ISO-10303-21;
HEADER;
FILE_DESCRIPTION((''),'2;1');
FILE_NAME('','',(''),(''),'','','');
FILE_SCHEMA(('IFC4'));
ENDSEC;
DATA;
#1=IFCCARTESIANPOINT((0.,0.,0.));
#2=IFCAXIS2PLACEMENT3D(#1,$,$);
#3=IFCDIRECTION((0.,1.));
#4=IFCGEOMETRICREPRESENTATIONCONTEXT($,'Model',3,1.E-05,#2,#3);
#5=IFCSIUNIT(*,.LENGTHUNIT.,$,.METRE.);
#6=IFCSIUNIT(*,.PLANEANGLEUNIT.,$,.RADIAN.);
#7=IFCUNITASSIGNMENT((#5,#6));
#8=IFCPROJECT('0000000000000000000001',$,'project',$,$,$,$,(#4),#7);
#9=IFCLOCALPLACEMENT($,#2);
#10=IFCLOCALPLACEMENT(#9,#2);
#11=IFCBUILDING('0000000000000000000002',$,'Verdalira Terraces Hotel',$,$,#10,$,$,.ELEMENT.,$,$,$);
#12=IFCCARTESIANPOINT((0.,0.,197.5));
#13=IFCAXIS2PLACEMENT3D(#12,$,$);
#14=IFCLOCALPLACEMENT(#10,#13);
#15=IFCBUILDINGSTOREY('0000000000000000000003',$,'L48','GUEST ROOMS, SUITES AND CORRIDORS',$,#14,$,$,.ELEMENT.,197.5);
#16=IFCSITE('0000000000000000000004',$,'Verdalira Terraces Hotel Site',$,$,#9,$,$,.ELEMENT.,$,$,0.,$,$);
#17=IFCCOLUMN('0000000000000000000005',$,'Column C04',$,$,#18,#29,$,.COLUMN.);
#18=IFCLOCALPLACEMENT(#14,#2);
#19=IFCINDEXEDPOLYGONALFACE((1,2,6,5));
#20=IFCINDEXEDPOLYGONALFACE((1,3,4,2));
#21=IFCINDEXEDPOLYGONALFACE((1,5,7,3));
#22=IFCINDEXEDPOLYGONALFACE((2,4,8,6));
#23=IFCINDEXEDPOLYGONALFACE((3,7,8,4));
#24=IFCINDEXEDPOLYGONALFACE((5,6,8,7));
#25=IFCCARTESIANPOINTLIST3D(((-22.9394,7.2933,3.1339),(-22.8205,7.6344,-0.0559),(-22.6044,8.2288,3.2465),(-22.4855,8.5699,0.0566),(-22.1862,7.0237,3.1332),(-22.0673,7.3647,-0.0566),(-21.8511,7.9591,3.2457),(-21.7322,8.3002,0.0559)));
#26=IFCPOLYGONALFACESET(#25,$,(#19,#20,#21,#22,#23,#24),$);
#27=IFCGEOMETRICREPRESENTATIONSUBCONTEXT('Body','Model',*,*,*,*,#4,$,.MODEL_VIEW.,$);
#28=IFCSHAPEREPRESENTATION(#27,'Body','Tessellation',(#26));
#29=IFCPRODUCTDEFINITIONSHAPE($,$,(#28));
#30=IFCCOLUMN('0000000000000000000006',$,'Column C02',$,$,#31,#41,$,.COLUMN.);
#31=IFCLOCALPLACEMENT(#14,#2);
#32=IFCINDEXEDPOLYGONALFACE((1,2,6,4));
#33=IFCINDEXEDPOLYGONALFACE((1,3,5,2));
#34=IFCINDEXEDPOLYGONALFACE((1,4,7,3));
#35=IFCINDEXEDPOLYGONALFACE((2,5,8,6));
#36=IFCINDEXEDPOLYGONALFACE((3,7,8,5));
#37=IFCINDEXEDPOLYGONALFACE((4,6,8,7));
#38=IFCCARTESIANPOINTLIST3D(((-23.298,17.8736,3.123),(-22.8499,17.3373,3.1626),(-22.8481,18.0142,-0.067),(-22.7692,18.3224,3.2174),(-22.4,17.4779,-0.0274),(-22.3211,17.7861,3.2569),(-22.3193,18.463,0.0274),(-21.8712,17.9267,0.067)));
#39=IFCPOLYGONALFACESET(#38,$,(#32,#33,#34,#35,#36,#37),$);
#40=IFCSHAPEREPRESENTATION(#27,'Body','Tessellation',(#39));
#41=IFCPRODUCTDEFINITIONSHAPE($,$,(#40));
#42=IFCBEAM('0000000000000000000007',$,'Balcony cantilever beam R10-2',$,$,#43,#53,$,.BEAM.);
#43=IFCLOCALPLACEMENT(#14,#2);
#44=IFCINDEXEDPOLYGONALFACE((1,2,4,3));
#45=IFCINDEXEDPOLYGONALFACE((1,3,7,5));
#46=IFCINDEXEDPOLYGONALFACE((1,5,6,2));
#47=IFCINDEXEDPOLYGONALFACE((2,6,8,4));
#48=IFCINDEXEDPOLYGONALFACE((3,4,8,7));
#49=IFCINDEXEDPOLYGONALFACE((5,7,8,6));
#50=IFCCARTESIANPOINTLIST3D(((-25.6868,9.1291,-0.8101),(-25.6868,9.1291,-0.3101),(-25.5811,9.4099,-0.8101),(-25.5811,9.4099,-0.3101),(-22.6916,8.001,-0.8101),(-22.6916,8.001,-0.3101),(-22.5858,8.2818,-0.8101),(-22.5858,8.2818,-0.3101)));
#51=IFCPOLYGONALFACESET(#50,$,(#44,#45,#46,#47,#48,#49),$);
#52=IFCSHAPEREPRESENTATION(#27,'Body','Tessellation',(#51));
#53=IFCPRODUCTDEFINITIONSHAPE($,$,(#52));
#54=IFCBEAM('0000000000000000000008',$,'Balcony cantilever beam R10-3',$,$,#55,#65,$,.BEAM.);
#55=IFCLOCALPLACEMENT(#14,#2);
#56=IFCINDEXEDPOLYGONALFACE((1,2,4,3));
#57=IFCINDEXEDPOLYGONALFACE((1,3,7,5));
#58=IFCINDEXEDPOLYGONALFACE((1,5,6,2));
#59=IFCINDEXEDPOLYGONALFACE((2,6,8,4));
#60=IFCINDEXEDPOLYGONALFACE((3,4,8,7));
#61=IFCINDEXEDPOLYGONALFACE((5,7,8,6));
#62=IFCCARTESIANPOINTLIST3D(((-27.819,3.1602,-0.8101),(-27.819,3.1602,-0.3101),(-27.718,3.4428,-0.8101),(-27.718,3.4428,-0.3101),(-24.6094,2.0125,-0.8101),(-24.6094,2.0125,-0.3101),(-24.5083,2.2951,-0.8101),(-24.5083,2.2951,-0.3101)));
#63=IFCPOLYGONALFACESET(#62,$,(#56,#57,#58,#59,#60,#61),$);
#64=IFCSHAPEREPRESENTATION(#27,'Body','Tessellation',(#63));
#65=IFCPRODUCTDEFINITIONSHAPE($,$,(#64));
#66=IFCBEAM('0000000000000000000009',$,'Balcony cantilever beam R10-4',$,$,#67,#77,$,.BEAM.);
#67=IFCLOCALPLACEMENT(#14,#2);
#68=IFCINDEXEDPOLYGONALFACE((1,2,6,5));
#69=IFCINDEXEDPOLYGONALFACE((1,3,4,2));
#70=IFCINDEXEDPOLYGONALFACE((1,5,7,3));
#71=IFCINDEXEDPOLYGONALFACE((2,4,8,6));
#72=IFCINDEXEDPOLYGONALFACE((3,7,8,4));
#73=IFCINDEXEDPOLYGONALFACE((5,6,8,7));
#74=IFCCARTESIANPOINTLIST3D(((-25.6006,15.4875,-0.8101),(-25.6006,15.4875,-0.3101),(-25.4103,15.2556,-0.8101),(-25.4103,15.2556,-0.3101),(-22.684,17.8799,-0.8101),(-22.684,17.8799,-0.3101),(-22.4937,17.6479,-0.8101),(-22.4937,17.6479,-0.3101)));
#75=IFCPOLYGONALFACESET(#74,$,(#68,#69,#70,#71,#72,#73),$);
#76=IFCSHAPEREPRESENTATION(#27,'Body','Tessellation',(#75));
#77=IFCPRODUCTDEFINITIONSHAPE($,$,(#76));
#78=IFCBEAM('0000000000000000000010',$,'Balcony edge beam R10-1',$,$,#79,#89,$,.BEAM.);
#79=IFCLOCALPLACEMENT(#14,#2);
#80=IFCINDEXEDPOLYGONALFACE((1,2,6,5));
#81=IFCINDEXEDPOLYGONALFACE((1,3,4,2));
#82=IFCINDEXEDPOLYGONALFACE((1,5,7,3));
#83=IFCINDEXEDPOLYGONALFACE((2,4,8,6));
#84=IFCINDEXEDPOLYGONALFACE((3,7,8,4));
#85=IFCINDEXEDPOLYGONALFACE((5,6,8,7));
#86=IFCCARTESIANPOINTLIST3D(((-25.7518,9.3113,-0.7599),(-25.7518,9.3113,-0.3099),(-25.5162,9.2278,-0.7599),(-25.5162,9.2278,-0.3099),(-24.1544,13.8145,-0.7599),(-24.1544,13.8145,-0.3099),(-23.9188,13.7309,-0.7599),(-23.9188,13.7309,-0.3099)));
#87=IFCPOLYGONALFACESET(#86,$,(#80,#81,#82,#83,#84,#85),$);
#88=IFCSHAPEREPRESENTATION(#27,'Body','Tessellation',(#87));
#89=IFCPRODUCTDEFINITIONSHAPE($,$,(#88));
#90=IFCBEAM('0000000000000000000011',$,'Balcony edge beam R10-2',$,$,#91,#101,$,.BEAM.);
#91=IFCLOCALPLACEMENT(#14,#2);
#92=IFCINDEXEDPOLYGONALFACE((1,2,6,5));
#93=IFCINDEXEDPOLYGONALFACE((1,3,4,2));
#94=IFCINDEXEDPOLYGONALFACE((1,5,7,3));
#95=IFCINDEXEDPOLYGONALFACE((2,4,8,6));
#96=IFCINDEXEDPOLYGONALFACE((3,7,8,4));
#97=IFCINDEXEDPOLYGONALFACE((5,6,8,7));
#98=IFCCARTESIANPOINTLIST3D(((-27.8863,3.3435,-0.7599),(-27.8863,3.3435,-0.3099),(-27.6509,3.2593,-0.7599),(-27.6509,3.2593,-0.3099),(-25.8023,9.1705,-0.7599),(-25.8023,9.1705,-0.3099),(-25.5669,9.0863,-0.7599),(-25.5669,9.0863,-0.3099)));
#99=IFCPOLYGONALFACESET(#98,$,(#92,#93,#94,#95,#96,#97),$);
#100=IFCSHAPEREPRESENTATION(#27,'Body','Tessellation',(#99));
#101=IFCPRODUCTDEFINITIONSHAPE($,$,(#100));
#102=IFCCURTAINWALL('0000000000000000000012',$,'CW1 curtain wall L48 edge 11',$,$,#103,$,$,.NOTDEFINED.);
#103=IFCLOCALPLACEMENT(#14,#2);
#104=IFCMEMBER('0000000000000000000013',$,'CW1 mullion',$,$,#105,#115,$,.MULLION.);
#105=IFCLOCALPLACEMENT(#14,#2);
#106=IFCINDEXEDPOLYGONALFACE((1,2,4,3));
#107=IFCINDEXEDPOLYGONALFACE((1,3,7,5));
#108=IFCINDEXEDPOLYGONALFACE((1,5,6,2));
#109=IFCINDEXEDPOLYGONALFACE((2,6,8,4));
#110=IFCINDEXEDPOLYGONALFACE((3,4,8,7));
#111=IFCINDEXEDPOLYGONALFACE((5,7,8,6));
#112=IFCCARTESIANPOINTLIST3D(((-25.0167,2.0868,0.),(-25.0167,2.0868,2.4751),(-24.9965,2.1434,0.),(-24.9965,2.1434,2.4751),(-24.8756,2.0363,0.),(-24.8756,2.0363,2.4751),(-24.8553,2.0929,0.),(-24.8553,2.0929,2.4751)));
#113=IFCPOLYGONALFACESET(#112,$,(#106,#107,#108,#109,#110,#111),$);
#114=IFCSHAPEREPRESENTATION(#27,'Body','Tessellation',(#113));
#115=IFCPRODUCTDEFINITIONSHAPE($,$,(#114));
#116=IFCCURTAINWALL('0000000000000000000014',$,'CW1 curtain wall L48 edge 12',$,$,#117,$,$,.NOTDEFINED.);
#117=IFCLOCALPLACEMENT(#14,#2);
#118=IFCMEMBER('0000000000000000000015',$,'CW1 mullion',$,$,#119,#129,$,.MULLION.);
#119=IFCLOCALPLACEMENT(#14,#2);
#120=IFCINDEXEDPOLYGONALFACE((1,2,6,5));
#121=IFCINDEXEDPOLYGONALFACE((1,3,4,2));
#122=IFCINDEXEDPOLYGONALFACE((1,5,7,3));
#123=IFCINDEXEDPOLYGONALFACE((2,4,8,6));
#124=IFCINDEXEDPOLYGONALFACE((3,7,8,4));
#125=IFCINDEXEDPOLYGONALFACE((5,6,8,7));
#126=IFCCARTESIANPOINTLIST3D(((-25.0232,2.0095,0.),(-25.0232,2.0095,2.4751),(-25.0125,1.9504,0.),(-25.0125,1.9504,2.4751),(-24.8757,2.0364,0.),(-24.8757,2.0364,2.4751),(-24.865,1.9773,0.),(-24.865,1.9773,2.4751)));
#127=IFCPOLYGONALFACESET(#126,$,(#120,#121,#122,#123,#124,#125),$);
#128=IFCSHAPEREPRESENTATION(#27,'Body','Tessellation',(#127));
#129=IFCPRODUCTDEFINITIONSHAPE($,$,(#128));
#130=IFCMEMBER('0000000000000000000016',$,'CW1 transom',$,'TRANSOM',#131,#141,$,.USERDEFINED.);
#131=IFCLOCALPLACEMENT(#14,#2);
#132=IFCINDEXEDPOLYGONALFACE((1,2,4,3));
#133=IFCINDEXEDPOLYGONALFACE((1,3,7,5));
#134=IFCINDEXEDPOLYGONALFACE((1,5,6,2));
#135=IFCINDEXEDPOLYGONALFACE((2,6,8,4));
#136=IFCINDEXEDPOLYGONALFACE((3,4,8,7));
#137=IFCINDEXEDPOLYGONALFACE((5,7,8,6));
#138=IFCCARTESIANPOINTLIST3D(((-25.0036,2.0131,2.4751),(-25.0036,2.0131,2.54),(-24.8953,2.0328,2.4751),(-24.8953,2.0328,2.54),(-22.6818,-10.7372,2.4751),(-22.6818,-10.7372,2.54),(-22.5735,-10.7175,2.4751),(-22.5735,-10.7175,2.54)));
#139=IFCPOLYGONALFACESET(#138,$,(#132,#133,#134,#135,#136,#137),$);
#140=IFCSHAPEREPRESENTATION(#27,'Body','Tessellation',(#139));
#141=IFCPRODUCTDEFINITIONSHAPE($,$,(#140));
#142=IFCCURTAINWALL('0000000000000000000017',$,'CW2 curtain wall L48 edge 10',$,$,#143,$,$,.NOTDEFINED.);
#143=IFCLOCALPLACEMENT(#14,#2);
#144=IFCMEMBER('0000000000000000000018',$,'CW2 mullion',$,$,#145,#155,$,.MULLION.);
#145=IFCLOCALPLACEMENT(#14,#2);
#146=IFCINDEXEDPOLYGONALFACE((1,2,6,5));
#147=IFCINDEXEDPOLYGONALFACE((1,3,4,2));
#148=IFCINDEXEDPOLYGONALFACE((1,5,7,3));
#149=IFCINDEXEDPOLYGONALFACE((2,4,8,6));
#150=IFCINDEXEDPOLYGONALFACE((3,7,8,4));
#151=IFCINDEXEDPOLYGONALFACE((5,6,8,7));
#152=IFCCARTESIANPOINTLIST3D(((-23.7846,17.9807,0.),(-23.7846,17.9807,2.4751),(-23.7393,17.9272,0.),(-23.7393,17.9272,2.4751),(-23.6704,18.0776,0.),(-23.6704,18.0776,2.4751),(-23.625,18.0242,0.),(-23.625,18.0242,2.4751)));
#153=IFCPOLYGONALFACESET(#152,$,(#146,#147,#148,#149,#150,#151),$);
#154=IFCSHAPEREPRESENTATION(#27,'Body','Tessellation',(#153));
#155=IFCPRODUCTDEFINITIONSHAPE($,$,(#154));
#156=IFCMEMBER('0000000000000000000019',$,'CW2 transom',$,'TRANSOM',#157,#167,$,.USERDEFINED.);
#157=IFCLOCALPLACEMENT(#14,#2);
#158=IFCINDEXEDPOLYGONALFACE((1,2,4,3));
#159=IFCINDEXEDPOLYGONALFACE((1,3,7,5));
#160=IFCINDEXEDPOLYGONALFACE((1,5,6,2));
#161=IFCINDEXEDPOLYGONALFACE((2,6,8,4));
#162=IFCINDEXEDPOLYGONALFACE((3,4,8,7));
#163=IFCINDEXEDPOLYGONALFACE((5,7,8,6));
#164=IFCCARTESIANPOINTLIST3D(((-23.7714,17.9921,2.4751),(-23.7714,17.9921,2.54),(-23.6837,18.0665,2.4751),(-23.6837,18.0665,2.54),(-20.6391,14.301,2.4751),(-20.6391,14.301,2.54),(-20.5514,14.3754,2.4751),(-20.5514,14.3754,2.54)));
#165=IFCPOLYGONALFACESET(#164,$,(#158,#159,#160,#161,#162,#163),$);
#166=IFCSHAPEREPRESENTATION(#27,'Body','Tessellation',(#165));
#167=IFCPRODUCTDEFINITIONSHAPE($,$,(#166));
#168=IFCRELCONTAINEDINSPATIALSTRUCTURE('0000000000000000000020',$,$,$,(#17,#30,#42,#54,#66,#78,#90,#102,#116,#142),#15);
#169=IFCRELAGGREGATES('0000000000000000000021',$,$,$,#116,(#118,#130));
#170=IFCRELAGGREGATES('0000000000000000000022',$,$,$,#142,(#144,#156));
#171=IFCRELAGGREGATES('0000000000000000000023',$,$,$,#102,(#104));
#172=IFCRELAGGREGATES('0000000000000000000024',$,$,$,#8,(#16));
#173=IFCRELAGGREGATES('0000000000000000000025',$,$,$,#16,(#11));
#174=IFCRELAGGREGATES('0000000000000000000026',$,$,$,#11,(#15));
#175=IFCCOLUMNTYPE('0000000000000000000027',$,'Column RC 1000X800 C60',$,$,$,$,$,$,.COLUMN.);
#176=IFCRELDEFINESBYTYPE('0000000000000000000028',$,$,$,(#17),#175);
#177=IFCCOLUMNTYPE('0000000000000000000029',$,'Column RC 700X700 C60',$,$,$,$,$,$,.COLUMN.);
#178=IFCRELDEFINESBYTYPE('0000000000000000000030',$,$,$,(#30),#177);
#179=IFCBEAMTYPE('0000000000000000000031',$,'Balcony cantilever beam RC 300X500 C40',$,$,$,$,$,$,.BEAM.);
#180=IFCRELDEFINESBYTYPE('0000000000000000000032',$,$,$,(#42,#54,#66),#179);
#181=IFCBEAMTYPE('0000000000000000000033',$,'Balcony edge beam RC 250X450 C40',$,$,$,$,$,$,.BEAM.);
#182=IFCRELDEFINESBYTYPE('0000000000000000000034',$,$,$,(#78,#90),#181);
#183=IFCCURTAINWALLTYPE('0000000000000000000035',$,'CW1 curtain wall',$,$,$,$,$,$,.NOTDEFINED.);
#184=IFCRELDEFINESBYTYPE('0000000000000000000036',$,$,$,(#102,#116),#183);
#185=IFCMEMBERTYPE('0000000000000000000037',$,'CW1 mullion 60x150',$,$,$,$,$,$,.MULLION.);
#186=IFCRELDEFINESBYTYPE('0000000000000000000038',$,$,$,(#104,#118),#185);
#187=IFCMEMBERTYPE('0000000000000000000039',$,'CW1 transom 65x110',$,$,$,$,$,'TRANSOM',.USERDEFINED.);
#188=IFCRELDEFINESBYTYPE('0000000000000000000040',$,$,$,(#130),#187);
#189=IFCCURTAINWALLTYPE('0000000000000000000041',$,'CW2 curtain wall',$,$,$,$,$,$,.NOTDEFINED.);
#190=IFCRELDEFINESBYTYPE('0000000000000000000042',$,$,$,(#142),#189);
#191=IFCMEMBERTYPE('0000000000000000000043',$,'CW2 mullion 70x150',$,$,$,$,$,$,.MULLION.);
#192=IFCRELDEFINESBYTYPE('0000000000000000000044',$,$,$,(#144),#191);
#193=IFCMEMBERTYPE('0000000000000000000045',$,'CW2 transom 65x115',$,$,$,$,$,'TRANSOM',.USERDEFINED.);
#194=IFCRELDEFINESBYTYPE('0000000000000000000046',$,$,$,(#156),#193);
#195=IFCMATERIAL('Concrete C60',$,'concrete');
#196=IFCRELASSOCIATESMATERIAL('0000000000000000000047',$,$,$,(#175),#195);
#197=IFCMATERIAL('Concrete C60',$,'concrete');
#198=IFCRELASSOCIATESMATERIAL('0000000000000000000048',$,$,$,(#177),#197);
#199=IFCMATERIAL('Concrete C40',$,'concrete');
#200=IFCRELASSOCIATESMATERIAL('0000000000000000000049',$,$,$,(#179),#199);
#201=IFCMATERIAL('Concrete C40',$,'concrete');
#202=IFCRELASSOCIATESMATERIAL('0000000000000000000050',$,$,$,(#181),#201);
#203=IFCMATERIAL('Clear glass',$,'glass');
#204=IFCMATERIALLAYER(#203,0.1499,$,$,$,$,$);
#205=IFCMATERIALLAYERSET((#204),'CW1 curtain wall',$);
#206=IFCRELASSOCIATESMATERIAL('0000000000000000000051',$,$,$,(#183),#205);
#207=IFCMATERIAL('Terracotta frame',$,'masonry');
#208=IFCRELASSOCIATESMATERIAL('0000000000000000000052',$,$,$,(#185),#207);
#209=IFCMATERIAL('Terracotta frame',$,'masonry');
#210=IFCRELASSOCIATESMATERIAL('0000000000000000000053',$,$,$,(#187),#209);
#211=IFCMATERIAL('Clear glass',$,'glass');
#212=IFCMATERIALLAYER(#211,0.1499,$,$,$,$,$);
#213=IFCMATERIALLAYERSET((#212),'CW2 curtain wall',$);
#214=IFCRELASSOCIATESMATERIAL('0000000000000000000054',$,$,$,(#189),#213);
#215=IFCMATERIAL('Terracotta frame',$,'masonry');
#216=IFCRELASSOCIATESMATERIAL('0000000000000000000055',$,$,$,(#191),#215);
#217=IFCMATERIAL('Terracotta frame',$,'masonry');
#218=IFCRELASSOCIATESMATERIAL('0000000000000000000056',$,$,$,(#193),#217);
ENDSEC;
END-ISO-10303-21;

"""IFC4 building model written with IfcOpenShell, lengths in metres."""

from ifc_helpers import new_model, si_unit, direction, frame, origin, origin_2d, place, context, subcontext, project, spatial, rectangle, extrude, material, layer, layer_set, material_profile, profile_set, type_object, element, aggregate, save


model = new_model("IFC4")

# Units and contexts
model_context = context("Model", 3, precision=1e-05, world=origin(), true_north=direction((0.0, 1.0)))
body_context = subcontext(model_context, "Body", "Model", "MODEL_VIEW")
ifc_project = project(units=[si_unit("LENGTHUNIT", "METRE"), si_unit("PLANEANGLEUNIT", "RADIAN")], contexts=[model_context])

# Site, building, storey
site_placement = place(None, origin())
site = spatial("IfcSite", under=ifc_project, at=site_placement, Name="Verdalira Terraces Hotel Site", CompositionType="ELEMENT", RefElevation=0.0)
building_placement = place(site_placement, origin())
building = spatial("IfcBuilding", under=site, at=building_placement, Name="Verdalira Terraces Hotel", CompositionType="ELEMENT")
storey_placement = place(building_placement, frame((0.0, 0.0, 197.5)))
storey = spatial("IfcBuildingStorey", under=building, at=storey_placement, Name="L48", Description="GUEST ROOMS, SUITES AND CORRIDORS", CompositionType="ELEMENT", Elevation=197.5)

# Columns
ifc_material_1 = material(Name="Concrete C60", Category="concrete")
ifc_material_profile_1 = material_profile(ifc_material_1, rectangle(XDim=1.0, YDim=0.8, at=origin_2d()), Name="RC 1000X800")
ifc_profile_set_1 = profile_set([ifc_material_profile_1], Name="Concrete C60")
column_type_1 = type_object("IfcColumnType", Name="Column RC 1000X800 C60", PredefinedType="COLUMN", material=ifc_profile_set_1)
column_1_placement = place(storey_placement, frame((-22.2764, 7.9673, 0.0), z_axis=(-0.037036, -0.10624, 0.993651), x_axis=(-0.335036, -0.935464, -0.112506)))
element("IfcColumn", 1, at=column_1_placement, inside=storey, type_object=column_type_1, Name="Column C04", PredefinedType="COLUMN", context=body_context, shape_type="SweptSolid", body=[
    extrude(rectangle(XDim=1.0, YDim=0.8, at=origin_2d()), origin(), (0.0, 0.0, 1.0), 3.2102),
])
ifc_material_2 = material(Name="Concrete C60", Category="concrete")
ifc_material_profile_2 = material_profile(ifc_material_2, rectangle(XDim=0.7, YDim=0.7, at=origin_2d()), Name="RC 700X700")
ifc_profile_set_2 = profile_set([ifc_material_profile_2], Name="Concrete C60")
column_type_2 = type_object("IfcColumnType", Name="Column RC 700X700 C60", PredefinedType="COLUMN", material=ifc_profile_set_2)
column_2_placement = place(storey_placement, frame((-22.3596, 17.9705, 0.0), z_axis=(-0.139538, -0.04361, 0.989256), x_axis=(0.640161, -0.766158, 0.056522)))
element("IfcColumn", 2, at=column_2_placement, inside=storey, type_object=column_type_2, Name="Column C02", PredefinedType="COLUMN", context=body_context, shape_type="SweptSolid", body=[
    extrude(rectangle(XDim=0.7, YDim=0.7, at=origin_2d()), origin(), (0.0, 0.0, 1.0), 3.2246),
])

# Beams
ifc_material_3 = material(Name="Concrete C40", Category="concrete")
ifc_material_profile_3 = material_profile(ifc_material_3, rectangle(XDim=0.3, YDim=0.5, at=origin_2d()), Name="RC 300X500")
ifc_profile_set_3 = profile_set([ifc_material_profile_3], Name="Concrete C40")
beam_type_1 = type_object("IfcBeamType", Name="Balcony cantilever beam RC 300X500 C40", PredefinedType="BEAM", material=ifc_profile_set_3)
beam_1_placement = place(storey_placement, frame((-22.6387, 8.1414, -0.5601), z_axis=(-0.935824, 0.352469, 0.0), x_axis=(-0.352469, -0.935824, 0.0)))
element("IfcBeam", 3, at=beam_1_placement, inside=storey, type_object=beam_type_1, Name="Balcony cantilever beam R10-2", PredefinedType="BEAM", context=body_context, shape_type="SweptSolid", body=[
    extrude(rectangle(XDim=0.3, YDim=0.5, at=origin_2d()), origin(), (0.0, 0.0, 1.0), 3.2007),
])
beam_2_placement = place(storey_placement, frame((-24.5588, 2.1538, -0.5601), z_axis=(-0.941614, 0.336695, 0.0), x_axis=(-0.336695, -0.941614, 0.0)))
element("IfcBeam", 4, at=beam_2_placement, inside=storey, type_object=beam_type_1, Name="Balcony cantilever beam R10-3", PredefinedType="BEAM", context=body_context, shape_type="SweptSolid", body=[
    extrude(rectangle(XDim=0.3, YDim=0.5, at=origin_2d()), origin(), (0.0, 0.0, 1.0), 3.4087),
])
beam_3_placement = place(storey_placement, frame((-22.5889, 17.7639, -0.5601), z_axis=(-0.773164, -0.634207, 0.0), x_axis=(0.634207, -0.773164, 0.0)))
element("IfcBeam", 5, at=beam_3_placement, inside=storey, type_object=beam_type_1, Name="Balcony cantilever beam R10-4", PredefinedType="BEAM", context=body_context, shape_type="SweptSolid", body=[
    extrude(rectangle(XDim=0.3, YDim=0.5, at=origin_2d()), origin(), (0.0, 0.0, 1.0), 3.7722),
])
ifc_material_4 = material(Name="Concrete C40", Category="concrete")
ifc_material_profile_4 = material_profile(ifc_material_4, rectangle(XDim=0.25, YDim=0.45, at=origin_2d()), Name="RC 250X450")
ifc_profile_set_4 = profile_set([ifc_material_profile_4], Name="Concrete C40")
beam_type_2 = type_object("IfcBeamType", Name="Balcony edge beam RC 250X450 C40", PredefinedType="BEAM", material=ifc_profile_set_4)
beam_4_placement = place(storey_placement, frame((-24.0366, 13.7727, -0.5349), z_axis=(-0.334319, -0.94246, 0.0), x_axis=(0.94246, -0.334319, 0.0)))
element("IfcBeam", 6, at=beam_4_placement, inside=storey, type_object=beam_type_2, Name="Balcony edge beam R10-1", PredefinedType="BEAM", context=body_context, shape_type="SweptSolid", body=[
    extrude(rectangle(XDim=0.25, YDim=0.45, at=origin_2d()), origin(), (0.0, 0.0, 1.0), 4.7781),
])
beam_5_placement = place(storey_placement, frame((-25.6846, 9.1284, -0.5349), z_axis=(-0.336759, -0.941591, 0.0), x_axis=(0.941591, -0.336759, 0.0)))
element("IfcBeam", 7, at=beam_5_placement, inside=storey, type_object=beam_type_2, Name="Balcony edge beam R10-2", PredefinedType="BEAM", context=body_context, shape_type="SweptSolid", body=[
    extrude(rectangle(XDim=0.25, YDim=0.45, at=origin_2d()), origin(), (0.0, 0.0, 1.0), 6.1885),
])

# Curtain wall, member
ifc_material_5 = material(Name="Clear glass", Category="glass")
ifc_layer_1 = layer(ifc_material_5, 0.1499)
ifc_layer_set_1 = layer_set([ifc_layer_1], Name="CW1 curtain wall")
curtain_wall_type_1 = type_object("IfcCurtainWallType", Name="CW1 curtain wall", PredefinedType="NOTDEFINED", material=ifc_layer_set_1)
curtain_wall_1_placement = place(storey_placement, origin())
curtain_wall_1 = element("IfcCurtainWall", 8, at=curtain_wall_1_placement, inside=storey, type_object=curtain_wall_type_1, Name="CW1 curtain wall L48 edge 11", PredefinedType="NOTDEFINED")
ifc_material_6 = material(Name="Terracotta frame", Category="masonry")
ifc_material_profile_5 = material_profile(ifc_material_6, rectangle(XDim=0.0601, YDim=0.1499, at=origin_2d()), Name="MU 60x150")
ifc_profile_set_5 = profile_set([ifc_material_profile_5], Name="Terracotta frame")
member_type_1 = type_object("IfcMemberType", Name="CW1 mullion 60x150", PredefinedType="MULLION", material=ifc_profile_set_5)
member_1_placement = place(storey_placement, frame((-24.936, 2.0898, 0.0), z_axis=(0.0, 0.0, 1.0), x_axis=(-0.336767, -0.941588, 0.0)))
member_1 = element("IfcMember", 9, at=member_1_placement, type_object=member_type_1, Name="CW1 mullion", PredefinedType="MULLION", context=body_context, shape_type="SweptSolid", body=[
    extrude(rectangle(XDim=0.0601, YDim=0.1499, at=origin_2d()), origin(), (0.0, 0.0, 1.0), 2.4751),
])

# Curtain walls, members
curtain_wall_2_placement = place(storey_placement, origin())
curtain_wall_2 = element("IfcCurtainWall", 10, at=curtain_wall_2_placement, inside=storey, type_object=curtain_wall_type_1, Name="CW1 curtain wall L48 edge 12", PredefinedType="NOTDEFINED")
member_2_placement = place(storey_placement, frame((-24.9441, 1.9934, 0.0), z_axis=(0.0, 0.0, 1.0), x_axis=(0.179146, -0.983823, 0.0)))
member_2 = element("IfcMember", 11, at=member_2_placement, type_object=member_type_1, Name="CW1 mullion", PredefinedType="MULLION", context=body_context, shape_type="SweptSolid", body=[
    extrude(rectangle(XDim=0.0601, YDim=0.1499, at=origin_2d()), origin(), (0.0, 0.0, 1.0), 2.4751),
])
ifc_material_7 = material(Name="Terracotta frame", Category="masonry")
ifc_material_profile_6 = material_profile(ifc_material_7, rectangle(XDim=0.1101, YDim=0.0649, at=origin_2d()), Name="TR 65x110")
ifc_profile_set_6 = profile_set([ifc_material_profile_6], Name="Terracotta frame")
member_type_2 = type_object("IfcMemberType", Name="CW1 transom 65x110", ElementType="TRANSOM", PredefinedType="USERDEFINED", material=ifc_profile_set_6)
member_3_placement = place(storey_placement, frame((-24.9495, 2.0229, 2.5076), z_axis=(0.179151, -0.983822, 0.0), x_axis=(0.983822, 0.179151, 0.0)))
member_3 = element("IfcMember", 12, at=member_3_placement, type_object=member_type_2, Name="CW1 transom", ObjectType="TRANSOM", PredefinedType="USERDEFINED", context=body_context, shape_type="SweptSolid", body=[
    extrude(rectangle(XDim=0.1101, YDim=0.0649, at=origin_2d()), origin(), (0.0, 0.0, 1.0), 12.96),
])
aggregate(curtain_wall_2, [member_2, member_3])
ifc_material_8 = material(Name="Clear glass", Category="glass")
ifc_layer_2 = layer(ifc_material_8, 0.1499)
ifc_layer_set_2 = layer_set([ifc_layer_2], Name="CW2 curtain wall")
curtain_wall_type_2 = type_object("IfcCurtainWallType", Name="CW2 curtain wall", PredefinedType="NOTDEFINED", material=ifc_layer_set_2)
curtain_wall_3_placement = place(storey_placement, origin())
curtain_wall_3 = element("IfcCurtainWall", 13, at=curtain_wall_3_placement, inside=storey, type_object=curtain_wall_type_2, Name="CW2 curtain wall L48 edge 10", PredefinedType="NOTDEFINED")
ifc_material_9 = material(Name="Terracotta frame", Category="masonry")
ifc_material_profile_7 = material_profile(ifc_material_9, rectangle(XDim=0.0701, YDim=0.1499, at=origin_2d()), Name="MU 70x150")
ifc_profile_set_7 = profile_set([ifc_material_profile_7], Name="Terracotta frame")
member_type_3 = type_object("IfcMemberType", Name="CW2 mullion 70x150", PredefinedType="MULLION", material=ifc_profile_set_7)
member_4_placement = place(storey_placement, frame((-23.7048, 18.0024, 0.0), z_axis=(0.0, 0.0, 1.0), x_axis=(0.647056, -0.762443, 0.0)))
member_4 = element("IfcMember", 14, at=member_4_placement, type_object=member_type_3, Name="CW2 mullion", PredefinedType="MULLION", context=body_context, shape_type="SweptSolid", body=[
    extrude(rectangle(XDim=0.0701, YDim=0.1499, at=origin_2d()), origin(), (0.0, 0.0, 1.0), 2.4751),
])
ifc_material_10 = material(Name="Terracotta frame", Category="masonry")
ifc_material_profile_8 = material_profile(ifc_material_10, rectangle(XDim=0.115, YDim=0.0649, at=origin_2d()), Name="TR 65x115")
ifc_profile_set_8 = profile_set([ifc_material_profile_8], Name="Terracotta frame")
member_type_4 = type_object("IfcMemberType", Name="CW2 transom 65x115", ElementType="TRANSOM", PredefinedType="USERDEFINED", material=ifc_profile_set_8)
member_5_placement = place(storey_placement, frame((-23.7275, 18.0293, 2.5076), z_axis=(0.647029, -0.762465, 0.0), x_axis=(0.762465, 0.647029, 0.0)))
member_5 = element("IfcMember", 15, at=member_5_placement, type_object=member_type_4, Name="CW2 transom", ObjectType="TRANSOM", PredefinedType="USERDEFINED", context=body_context, shape_type="SweptSolid", body=[
    extrude(rectangle(XDim=0.115, YDim=0.0649, at=origin_2d()), origin(), (0.0, 0.0, 1.0), 4.8411),
])
aggregate(curtain_wall_3, [member_4, member_5])

aggregate(curtain_wall_1, [member_1])

save(model, "model.ifc")
